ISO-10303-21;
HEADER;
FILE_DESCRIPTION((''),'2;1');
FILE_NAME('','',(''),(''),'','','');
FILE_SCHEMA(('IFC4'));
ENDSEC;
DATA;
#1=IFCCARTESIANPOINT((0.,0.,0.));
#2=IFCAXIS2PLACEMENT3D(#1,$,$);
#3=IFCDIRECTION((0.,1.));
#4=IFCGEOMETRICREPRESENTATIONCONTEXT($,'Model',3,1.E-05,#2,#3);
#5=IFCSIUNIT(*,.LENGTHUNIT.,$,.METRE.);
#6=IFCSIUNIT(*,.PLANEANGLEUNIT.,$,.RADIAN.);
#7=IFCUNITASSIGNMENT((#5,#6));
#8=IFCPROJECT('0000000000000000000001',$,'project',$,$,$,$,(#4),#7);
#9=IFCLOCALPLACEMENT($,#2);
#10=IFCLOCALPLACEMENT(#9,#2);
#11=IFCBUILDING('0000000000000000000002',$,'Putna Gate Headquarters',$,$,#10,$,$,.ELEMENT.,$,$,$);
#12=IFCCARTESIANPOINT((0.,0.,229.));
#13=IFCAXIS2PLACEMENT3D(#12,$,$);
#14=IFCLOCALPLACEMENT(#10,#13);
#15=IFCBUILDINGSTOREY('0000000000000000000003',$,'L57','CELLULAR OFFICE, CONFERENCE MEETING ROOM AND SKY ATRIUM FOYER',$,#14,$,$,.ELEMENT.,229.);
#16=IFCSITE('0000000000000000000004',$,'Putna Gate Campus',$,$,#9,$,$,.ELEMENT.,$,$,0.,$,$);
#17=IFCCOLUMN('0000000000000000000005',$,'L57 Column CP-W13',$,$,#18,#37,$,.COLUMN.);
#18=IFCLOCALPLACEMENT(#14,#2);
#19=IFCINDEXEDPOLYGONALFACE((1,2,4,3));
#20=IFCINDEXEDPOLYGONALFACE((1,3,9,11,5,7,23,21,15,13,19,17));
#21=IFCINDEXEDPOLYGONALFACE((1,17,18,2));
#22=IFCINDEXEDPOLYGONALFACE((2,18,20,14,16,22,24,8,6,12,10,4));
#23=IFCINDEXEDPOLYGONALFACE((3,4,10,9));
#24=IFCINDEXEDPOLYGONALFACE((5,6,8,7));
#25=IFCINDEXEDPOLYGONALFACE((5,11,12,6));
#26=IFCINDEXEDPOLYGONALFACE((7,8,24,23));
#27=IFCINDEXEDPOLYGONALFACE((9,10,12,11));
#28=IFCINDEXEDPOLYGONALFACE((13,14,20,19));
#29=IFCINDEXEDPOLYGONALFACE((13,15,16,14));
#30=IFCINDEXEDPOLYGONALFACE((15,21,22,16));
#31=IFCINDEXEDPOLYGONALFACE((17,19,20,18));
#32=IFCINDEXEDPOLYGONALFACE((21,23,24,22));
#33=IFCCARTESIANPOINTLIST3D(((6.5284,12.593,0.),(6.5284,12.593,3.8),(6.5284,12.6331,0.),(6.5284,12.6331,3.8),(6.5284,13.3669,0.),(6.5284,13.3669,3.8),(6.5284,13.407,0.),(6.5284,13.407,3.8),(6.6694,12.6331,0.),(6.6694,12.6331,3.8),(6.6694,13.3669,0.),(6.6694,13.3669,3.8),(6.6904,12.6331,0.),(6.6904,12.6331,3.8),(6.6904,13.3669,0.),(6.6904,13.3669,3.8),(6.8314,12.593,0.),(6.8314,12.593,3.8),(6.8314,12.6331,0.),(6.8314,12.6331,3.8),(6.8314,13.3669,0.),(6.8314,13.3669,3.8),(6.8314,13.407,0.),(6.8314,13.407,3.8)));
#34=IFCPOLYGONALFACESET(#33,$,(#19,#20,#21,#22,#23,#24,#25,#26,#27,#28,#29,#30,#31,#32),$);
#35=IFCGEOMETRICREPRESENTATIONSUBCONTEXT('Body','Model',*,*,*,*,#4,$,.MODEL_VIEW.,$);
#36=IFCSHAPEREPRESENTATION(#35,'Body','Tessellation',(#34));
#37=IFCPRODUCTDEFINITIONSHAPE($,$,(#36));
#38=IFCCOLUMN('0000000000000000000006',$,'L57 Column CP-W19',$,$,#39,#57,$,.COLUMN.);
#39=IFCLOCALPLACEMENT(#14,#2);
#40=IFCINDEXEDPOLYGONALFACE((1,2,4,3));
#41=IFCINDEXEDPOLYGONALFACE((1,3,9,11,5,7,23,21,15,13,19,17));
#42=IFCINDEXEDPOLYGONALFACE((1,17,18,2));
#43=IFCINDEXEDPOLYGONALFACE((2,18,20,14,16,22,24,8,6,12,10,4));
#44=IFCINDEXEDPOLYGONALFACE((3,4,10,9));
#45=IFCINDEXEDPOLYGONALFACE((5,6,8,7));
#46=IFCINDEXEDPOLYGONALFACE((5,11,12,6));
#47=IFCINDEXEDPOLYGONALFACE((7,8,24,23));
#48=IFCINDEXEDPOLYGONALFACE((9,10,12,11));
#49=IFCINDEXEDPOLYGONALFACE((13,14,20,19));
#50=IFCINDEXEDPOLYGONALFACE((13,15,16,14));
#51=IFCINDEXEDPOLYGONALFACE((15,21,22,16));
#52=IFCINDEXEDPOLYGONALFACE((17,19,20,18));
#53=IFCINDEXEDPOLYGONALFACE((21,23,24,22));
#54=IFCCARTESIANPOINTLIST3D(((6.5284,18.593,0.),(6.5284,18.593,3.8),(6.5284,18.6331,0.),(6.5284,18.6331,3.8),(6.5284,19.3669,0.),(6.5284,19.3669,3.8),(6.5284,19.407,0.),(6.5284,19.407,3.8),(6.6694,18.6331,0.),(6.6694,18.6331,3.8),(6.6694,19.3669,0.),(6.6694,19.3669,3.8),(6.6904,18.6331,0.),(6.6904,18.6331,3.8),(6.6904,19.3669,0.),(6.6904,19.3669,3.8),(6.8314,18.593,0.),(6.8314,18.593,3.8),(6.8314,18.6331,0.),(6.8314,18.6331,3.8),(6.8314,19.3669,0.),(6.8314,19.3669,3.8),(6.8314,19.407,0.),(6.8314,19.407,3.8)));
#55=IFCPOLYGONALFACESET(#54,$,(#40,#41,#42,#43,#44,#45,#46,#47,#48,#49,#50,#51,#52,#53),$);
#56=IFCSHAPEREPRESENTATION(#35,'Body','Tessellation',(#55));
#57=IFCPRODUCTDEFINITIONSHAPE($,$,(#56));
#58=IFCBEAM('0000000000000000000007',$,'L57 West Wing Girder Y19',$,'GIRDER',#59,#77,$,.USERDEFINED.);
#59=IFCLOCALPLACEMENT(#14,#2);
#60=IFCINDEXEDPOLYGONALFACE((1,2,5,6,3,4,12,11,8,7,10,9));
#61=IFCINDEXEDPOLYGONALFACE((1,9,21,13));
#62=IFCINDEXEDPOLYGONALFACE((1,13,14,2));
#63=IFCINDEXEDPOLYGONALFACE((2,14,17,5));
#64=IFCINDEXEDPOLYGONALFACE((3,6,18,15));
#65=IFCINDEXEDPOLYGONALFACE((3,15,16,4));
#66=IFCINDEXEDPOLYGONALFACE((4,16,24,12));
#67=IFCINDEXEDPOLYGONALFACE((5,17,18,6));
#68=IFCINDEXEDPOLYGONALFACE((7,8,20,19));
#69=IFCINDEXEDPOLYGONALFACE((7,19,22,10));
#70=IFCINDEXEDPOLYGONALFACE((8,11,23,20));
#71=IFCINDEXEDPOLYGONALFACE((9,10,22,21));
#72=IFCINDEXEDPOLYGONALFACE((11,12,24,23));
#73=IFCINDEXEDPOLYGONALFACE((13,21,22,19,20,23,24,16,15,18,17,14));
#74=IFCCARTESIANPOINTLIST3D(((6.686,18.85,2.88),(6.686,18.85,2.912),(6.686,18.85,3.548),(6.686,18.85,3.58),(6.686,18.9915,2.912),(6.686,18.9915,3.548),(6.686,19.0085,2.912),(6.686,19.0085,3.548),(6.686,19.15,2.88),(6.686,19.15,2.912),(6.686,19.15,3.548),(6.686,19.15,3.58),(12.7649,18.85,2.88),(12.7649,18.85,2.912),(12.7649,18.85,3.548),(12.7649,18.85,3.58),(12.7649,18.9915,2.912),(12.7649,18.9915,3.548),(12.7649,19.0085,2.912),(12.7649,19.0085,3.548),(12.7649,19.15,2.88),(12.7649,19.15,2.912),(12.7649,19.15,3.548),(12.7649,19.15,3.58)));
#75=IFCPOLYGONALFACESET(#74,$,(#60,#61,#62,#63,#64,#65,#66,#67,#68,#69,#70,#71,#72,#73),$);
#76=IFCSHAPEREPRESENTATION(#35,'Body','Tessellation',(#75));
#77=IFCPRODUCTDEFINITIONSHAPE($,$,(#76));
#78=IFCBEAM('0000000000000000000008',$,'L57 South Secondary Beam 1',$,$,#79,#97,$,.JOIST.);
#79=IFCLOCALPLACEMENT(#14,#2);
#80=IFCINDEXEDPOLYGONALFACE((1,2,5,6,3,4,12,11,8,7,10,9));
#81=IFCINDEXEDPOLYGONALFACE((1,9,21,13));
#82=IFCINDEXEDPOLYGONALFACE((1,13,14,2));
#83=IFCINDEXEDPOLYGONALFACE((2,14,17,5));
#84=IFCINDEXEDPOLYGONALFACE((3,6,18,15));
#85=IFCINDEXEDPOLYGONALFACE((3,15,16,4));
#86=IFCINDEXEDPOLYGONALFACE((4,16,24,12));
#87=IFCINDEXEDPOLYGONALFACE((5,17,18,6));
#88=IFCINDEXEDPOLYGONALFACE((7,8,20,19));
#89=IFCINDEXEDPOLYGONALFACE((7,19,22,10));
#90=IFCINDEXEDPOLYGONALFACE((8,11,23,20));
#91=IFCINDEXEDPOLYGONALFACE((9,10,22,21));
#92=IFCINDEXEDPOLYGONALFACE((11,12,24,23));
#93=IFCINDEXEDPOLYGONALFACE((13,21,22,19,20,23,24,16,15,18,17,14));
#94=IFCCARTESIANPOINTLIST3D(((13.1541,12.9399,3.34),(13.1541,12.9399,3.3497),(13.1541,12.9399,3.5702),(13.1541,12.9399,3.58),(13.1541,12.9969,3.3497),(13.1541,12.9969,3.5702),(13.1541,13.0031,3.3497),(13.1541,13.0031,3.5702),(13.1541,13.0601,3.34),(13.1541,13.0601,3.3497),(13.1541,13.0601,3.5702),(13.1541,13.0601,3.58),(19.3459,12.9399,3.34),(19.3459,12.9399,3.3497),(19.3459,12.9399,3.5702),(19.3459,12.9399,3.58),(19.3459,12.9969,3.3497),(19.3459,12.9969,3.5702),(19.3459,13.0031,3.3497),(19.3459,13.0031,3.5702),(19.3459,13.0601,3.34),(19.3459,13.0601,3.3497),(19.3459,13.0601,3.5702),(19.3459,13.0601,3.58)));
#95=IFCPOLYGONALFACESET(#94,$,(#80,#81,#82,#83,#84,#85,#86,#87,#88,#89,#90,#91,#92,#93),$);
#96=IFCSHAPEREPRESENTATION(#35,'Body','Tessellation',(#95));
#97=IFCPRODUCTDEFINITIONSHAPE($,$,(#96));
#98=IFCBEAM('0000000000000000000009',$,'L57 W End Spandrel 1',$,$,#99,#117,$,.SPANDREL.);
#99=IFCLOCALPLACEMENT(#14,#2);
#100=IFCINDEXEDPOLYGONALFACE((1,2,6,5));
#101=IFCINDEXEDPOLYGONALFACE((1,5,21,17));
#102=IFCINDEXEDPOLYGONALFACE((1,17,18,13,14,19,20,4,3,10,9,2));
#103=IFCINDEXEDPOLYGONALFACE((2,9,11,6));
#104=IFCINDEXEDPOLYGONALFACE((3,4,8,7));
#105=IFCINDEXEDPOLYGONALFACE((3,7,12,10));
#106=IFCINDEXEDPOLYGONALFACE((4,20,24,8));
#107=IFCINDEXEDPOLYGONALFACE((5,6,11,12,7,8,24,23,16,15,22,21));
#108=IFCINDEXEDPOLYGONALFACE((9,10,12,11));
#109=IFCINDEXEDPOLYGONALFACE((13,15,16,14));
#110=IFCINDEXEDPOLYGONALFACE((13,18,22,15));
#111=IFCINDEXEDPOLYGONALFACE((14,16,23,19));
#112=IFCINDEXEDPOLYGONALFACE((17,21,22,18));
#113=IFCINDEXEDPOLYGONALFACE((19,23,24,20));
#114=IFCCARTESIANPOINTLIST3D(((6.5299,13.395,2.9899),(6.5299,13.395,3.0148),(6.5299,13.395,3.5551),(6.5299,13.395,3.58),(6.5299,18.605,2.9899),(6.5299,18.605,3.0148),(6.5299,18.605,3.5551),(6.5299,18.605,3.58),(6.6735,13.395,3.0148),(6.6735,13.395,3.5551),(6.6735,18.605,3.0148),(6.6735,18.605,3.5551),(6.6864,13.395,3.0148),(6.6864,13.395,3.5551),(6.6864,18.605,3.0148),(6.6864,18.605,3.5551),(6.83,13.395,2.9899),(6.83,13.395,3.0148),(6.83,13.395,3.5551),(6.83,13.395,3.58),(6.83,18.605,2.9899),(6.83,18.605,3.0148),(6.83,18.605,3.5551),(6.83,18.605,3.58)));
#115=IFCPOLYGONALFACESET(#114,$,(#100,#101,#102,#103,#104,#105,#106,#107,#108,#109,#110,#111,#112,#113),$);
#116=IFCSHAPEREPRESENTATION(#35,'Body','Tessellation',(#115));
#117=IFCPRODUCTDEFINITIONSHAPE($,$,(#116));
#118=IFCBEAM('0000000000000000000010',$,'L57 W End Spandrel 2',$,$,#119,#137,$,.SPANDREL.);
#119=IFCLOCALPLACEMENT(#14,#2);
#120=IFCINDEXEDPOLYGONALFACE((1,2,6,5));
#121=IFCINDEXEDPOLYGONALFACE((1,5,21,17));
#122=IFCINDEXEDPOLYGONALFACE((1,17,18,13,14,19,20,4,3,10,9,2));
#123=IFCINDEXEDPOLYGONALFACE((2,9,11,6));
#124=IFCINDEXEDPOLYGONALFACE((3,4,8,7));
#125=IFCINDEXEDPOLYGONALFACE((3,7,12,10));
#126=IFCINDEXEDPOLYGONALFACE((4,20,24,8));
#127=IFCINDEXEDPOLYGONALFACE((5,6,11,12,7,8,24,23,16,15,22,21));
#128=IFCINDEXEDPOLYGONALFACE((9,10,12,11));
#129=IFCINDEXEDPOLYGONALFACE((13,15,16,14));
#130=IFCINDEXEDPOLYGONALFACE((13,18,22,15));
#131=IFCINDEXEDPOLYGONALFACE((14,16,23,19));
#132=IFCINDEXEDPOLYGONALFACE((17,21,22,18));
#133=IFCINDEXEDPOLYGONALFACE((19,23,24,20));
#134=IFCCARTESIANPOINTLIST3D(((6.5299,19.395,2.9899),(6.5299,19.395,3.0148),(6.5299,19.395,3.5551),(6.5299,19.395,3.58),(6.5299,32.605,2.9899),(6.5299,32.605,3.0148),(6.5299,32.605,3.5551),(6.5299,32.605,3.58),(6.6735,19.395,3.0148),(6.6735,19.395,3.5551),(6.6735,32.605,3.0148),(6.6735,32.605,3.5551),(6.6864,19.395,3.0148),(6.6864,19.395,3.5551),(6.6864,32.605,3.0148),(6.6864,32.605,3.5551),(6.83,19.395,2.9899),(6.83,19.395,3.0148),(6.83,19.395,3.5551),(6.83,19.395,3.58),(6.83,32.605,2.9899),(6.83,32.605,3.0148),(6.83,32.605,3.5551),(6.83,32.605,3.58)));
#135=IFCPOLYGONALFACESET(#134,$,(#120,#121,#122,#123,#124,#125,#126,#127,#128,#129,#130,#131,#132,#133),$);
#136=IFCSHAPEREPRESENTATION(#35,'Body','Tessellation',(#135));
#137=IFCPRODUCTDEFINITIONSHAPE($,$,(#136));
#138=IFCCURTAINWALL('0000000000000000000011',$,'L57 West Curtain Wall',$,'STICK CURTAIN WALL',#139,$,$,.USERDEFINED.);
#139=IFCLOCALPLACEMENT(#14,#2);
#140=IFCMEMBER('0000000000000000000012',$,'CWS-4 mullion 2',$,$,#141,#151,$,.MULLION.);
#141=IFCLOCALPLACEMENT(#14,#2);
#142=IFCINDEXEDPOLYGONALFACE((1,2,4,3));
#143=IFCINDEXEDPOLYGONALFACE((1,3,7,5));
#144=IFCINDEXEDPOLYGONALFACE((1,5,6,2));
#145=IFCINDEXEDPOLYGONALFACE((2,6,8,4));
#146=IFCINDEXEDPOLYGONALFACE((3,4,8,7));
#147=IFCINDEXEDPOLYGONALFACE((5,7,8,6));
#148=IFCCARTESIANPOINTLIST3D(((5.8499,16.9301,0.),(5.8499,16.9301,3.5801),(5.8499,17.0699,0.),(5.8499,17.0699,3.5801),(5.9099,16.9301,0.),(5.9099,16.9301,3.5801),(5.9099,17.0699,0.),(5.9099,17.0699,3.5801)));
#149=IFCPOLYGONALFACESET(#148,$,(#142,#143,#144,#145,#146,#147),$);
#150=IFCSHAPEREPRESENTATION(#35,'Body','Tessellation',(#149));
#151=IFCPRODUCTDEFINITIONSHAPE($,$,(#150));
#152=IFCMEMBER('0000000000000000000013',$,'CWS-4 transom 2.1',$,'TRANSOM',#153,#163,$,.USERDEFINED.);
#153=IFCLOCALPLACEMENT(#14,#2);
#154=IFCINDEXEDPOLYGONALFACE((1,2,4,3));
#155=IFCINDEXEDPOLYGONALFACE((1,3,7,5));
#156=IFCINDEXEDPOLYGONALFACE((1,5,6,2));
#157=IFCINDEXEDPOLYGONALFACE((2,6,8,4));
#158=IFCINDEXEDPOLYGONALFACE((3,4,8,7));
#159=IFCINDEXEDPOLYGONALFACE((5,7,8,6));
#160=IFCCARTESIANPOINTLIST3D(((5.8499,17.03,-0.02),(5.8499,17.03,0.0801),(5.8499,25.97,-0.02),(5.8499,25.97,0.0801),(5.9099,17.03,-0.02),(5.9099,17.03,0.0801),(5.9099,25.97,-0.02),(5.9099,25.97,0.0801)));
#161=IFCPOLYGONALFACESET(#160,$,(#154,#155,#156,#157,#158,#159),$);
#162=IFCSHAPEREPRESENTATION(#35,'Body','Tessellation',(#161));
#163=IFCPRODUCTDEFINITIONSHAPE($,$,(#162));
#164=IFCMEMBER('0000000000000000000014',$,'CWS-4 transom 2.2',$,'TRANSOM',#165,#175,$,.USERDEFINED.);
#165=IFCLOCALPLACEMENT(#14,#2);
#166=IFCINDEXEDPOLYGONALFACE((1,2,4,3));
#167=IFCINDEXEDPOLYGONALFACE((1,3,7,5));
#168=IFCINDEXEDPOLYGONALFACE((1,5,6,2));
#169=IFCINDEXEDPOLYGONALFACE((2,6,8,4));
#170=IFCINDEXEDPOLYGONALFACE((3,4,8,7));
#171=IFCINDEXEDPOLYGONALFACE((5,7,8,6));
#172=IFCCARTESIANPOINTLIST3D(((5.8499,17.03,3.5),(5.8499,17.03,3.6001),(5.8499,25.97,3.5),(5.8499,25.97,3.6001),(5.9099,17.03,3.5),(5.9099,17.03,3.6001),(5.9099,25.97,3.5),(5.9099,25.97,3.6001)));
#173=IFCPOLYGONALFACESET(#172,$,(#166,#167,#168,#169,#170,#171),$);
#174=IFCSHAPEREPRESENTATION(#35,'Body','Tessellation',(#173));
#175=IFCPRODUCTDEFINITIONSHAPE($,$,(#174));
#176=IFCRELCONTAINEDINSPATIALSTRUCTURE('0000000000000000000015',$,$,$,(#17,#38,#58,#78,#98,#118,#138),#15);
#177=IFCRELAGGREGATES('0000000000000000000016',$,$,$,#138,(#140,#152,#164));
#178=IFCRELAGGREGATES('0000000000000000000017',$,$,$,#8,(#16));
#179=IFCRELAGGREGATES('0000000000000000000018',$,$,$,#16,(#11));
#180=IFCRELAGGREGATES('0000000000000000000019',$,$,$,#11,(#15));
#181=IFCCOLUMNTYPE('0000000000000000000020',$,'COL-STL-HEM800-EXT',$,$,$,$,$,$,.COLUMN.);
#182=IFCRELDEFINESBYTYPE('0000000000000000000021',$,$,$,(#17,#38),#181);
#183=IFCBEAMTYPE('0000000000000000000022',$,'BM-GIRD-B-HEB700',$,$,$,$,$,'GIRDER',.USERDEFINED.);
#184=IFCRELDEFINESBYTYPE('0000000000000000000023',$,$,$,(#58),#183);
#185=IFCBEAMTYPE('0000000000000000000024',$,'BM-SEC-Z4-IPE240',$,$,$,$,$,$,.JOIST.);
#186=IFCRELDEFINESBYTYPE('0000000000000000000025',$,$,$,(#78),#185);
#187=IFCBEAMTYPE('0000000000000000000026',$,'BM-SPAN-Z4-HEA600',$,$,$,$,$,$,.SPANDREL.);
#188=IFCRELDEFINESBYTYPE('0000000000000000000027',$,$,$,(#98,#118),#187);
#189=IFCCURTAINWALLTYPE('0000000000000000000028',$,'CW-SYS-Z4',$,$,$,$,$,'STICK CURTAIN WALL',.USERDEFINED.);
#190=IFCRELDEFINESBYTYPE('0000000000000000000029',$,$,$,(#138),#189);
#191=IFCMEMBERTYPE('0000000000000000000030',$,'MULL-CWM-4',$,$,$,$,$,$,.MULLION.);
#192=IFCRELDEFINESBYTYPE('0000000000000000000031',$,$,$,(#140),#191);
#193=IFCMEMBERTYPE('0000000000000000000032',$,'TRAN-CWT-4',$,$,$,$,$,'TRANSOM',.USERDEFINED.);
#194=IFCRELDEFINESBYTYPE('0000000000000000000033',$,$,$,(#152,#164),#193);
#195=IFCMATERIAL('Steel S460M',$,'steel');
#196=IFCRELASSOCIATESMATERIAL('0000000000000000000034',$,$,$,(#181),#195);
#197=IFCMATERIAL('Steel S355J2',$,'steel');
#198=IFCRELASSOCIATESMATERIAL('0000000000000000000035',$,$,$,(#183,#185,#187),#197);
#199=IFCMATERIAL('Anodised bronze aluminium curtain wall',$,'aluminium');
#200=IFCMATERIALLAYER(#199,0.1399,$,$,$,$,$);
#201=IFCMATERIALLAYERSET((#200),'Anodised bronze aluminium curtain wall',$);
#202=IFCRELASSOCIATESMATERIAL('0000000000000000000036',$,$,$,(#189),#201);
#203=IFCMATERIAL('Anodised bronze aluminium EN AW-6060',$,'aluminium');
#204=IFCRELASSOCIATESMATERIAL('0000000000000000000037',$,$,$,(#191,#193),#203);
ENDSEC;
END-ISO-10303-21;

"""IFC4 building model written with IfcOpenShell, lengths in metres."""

from ifc_helpers import new_model, si_unit, direction, frame, origin, origin_2d, place, context, subcontext, project, spatial, rectangle, i_section, extrude, material, layer, layer_set, material_profile, profile_set, type_object, element, aggregate, save


model = new_model("IFC4")

# Units and contexts
model_context = context("Model", 3, precision=1e-05, world=origin(), true_north=direction((0.0, 1.0)))
body_context = subcontext(model_context, "Body", "Model", "MODEL_VIEW")
ifc_project = project(units=[si_unit("LENGTHUNIT", "METRE"), si_unit("PLANEANGLEUNIT", "RADIAN")], contexts=[model_context])

# Site, building, storey
site_placement = place(None, origin())
site = spatial("IfcSite", under=ifc_project, at=site_placement, Name="Putna Gate Campus", CompositionType="ELEMENT", RefElevation=0.0)
building_placement = place(site_placement, origin())
building = spatial("IfcBuilding", under=site, at=building_placement, Name="Putna Gate Headquarters", CompositionType="ELEMENT")
storey_placement = place(building_placement, frame((0.0, 0.0, 229.0)))
storey = spatial("IfcBuildingStorey", under=building, at=storey_placement, Name="L57", Description="CELLULAR OFFICE, CONFERENCE MEETING ROOM AND SKY ATRIUM FOYER", CompositionType="ELEMENT", Elevation=229.0)

# Columns
ifc_material_1 = material(Name="Steel S460M", Category="steel")
ifc_material_profile_1 = material_profile(ifc_material_1, i_section(OverallWidth=0.303, OverallDepth=0.814, WebThickness=0.021, FlangeThickness=0.04, at=origin_2d()), Name="Steel S460M")
ifc_profile_set_1 = profile_set([ifc_material_profile_1], Name="Steel S460M")
column_type = type_object("IfcColumnType", Name="COL-STL-HEM800-EXT", PredefinedType="COLUMN", material=ifc_profile_set_1)
for number, where, z_axis, x_axis, name in (
    (1, (6.6799, 13.0, 0.0), (0.0, 0.0, 1.0), (1.0, 0.0, 0.0), "L57 Column CP-W13"),
    (2, (6.6799, 19.0, 0.0), (0.0, 0.0, 1.0), (1.0, 0.0, 0.0), "L57 Column CP-W19"),
):
    element("IfcColumn", number, at=place(storey_placement, frame(where, z_axis=z_axis, x_axis=x_axis)), inside=storey, type_object=column_type, Name=name, PredefinedType="COLUMN", context=body_context, shape_type="SweptSolid", body=[
        extrude(i_section(OverallWidth=0.303, OverallDepth=0.814, WebThickness=0.021, FlangeThickness=0.04, at=origin_2d()), origin(), (0.0, 0.0, 1.0), 3.8),
    ])

# Beams
ifc_material_2 = material(Name="Steel S355J2", Category="steel")
ifc_material_profile_2 = material_profile(ifc_material_2, i_section(OverallWidth=0.3, OverallDepth=0.7, WebThickness=0.0171, FlangeThickness=0.032, at=origin_2d()), Name="Steel S355J2")
ifc_profile_set_2 = profile_set([ifc_material_profile_2], Name="Steel S355J2")
beam_type_1 = type_object("IfcBeamType", Name="BM-GIRD-B-HEB700", ElementType="GIRDER", PredefinedType="USERDEFINED", material=ifc_profile_set_2)
beam_1_placement = place(storey_placement, frame((6.686, 19.0, 3.23), z_axis=(1.0, 0.0, 0.0), x_axis=(0.0, 1.0, 0.0)))
element("IfcBeam", 3, at=beam_1_placement, inside=storey, type_object=beam_type_1, Name="L57 West Wing Girder Y19", ObjectType="GIRDER", PredefinedType="USERDEFINED", context=body_context, shape_type="SweptSolid", body=[
    extrude(i_section(OverallWidth=0.3, OverallDepth=0.7, WebThickness=0.0171, FlangeThickness=0.032, at=origin_2d()), origin(), (0.0, 0.0, 1.0), 6.0789),
])
ifc_material_profile_3 = material_profile(ifc_material_2, i_section(OverallWidth=0.1201, OverallDepth=0.24, WebThickness=0.0061, FlangeThickness=0.0098, at=origin_2d()), Name="Steel S355J2")
ifc_profile_set_3 = profile_set([ifc_material_profile_3], Name="Steel S355J2")
beam_type_2 = type_object("IfcBeamType", Name="BM-SEC-Z4-IPE240", PredefinedType="JOIST", material=ifc_profile_set_3)
beam_2_placement = place(storey_placement, frame((13.1541, 13.0, 3.46), z_axis=(1.0, 0.0, 0.0), x_axis=(0.0, 1.0, 0.0)))
element("IfcBeam", 4, at=beam_2_placement, inside=storey, type_object=beam_type_2, Name="L57 South Secondary Beam 1", PredefinedType="JOIST", context=body_context, shape_type="SweptSolid", body=[
    extrude(i_section(OverallWidth=0.1201, OverallDepth=0.24, WebThickness=0.0061, FlangeThickness=0.0098, at=origin_2d()), origin(), (0.0, 0.0, 1.0), 6.1919),
])
ifc_material_profile_4 = material_profile(ifc_material_2, i_section(OverallWidth=0.3, OverallDepth=0.5901, WebThickness=0.0129, FlangeThickness=0.0249, at=origin_2d()), Name="Steel S355J2")
ifc_profile_set_4 = profile_set([ifc_material_profile_4], Name="Steel S355J2")
beam_type_3 = type_object("IfcBeamType", Name="BM-SPAN-Z4-HEA600", PredefinedType="SPANDREL", material=ifc_profile_set_4)
beam_3_placement = place(storey_placement, frame((6.6799, 13.395, 3.2849), z_axis=(0.0, 1.0, 0.0), x_axis=(-1.0, 0.0, 0.0)))
element("IfcBeam", 5, at=beam_3_placement, inside=storey, type_object=beam_type_3, Name="L57 W End Spandrel 1", PredefinedType="SPANDREL", context=body_context, shape_type="SweptSolid", body=[
    extrude(i_section(OverallWidth=0.3, OverallDepth=0.5901, WebThickness=0.0129, FlangeThickness=0.0249, at=origin_2d()), origin(), (0.0, 0.0, 1.0), 5.21),
])
beam_4_placement = place(storey_placement, frame((6.6799, 19.395, 3.2849), z_axis=(0.0, 1.0, 0.0), x_axis=(-1.0, 0.0, 0.0)))
element("IfcBeam", 6, at=beam_4_placement, inside=storey, type_object=beam_type_3, Name="L57 W End Spandrel 2", PredefinedType="SPANDREL", context=body_context, shape_type="SweptSolid", body=[
    extrude(i_section(OverallWidth=0.3, OverallDepth=0.5901, WebThickness=0.0129, FlangeThickness=0.0249, at=origin_2d()), origin(), (0.0, 0.0, 1.0), 13.21),
])

# Curtain wall, members
ifc_material_3 = material(Name="Anodised bronze aluminium curtain wall", Category="aluminium")
ifc_layer_1 = layer(ifc_material_3, 0.1399)
ifc_layer_set_1 = layer_set([ifc_layer_1], Name="Anodised bronze aluminium curtain wall")
curtain_wall_type = type_object("IfcCurtainWallType", Name="CW-SYS-Z4", ElementType="STICK CURTAIN WALL", PredefinedType="USERDEFINED", material=ifc_layer_set_1)
curtain_wall_placement = place(storey_placement, origin())
curtain_wall = element("IfcCurtainWall", 7, at=curtain_wall_placement, inside=storey, type_object=curtain_wall_type, Name="L57 West Curtain Wall", ObjectType="STICK CURTAIN WALL", PredefinedType="USERDEFINED")
ifc_material_4 = material(Name="Anodised bronze aluminium EN AW-6060", Category="aluminium")
ifc_material_profile_5 = material_profile(ifc_material_4, rectangle(XDim=0.0601, YDim=0.1399, at=origin_2d()), Name="Anodised bronze aluminium EN AW-6060")
ifc_profile_set_5 = profile_set([ifc_material_profile_5], Name="Anodised bronze aluminium EN AW-6060")
member_type_1 = type_object("IfcMemberType", Name="MULL-CWM-4", PredefinedType="MULLION", material=ifc_profile_set_5)
member_1_placement = place(storey_placement, frame((5.8799, 17.0, 0.0), z_axis=(0.0, 0.0, 1.0), x_axis=(-1.0, 0.0, 0.0)))
member_1 = element("IfcMember", 8, at=member_1_placement, type_object=member_type_1, Name="CWS-4 mullion 2", PredefinedType="MULLION", context=body_context, shape_type="SweptSolid", body=[
    extrude(rectangle(XDim=0.0601, YDim=0.1399, at=origin_2d()), origin(), (0.0, 0.0, 1.0), 3.5801),
])
ifc_material_profile_6 = material_profile(ifc_material_4, rectangle(XDim=0.0601, YDim=0.1001, at=origin_2d()), Name="Anodised bronze aluminium EN AW-6060")
ifc_profile_set_6 = profile_set([ifc_material_profile_6], Name="Anodised bronze aluminium EN AW-6060")
member_type_2 = type_object("IfcMemberType", Name="TRAN-CWT-4", ElementType="TRANSOM", PredefinedType="USERDEFINED", material=ifc_profile_set_6)
member_2_placement = place(storey_placement, frame((5.8799, 17.03, 0.03), z_axis=(0.0, 1.0, 0.0), x_axis=(-1.0, 0.0, 0.0)))
member_2 = element("IfcMember", 9, at=member_2_placement, type_object=member_type_2, Name="CWS-4 transom 2.1", ObjectType="TRANSOM", PredefinedType="USERDEFINED", context=body_context, shape_type="SweptSolid", body=[
    extrude(rectangle(XDim=0.0601, YDim=0.1001, at=origin_2d()), origin(), (0.0, 0.0, 1.0), 8.9399),
])
member_3_placement = place(storey_placement, frame((5.8799, 17.03, 3.55), z_axis=(0.0, 1.0, 0.0), x_axis=(-1.0, 0.0, 0.0)))
member_3 = element("IfcMember", 10, at=member_3_placement, type_object=member_type_2, Name="CWS-4 transom 2.2", ObjectType="TRANSOM", PredefinedType="USERDEFINED", context=body_context, shape_type="SweptSolid", body=[
    extrude(rectangle(XDim=0.0601, YDim=0.1001, at=origin_2d()), origin(), (0.0, 0.0, 1.0), 8.9399),
])
aggregate(curtain_wall, [member_1, member_2, member_3])

save(model, "model.ifc")
